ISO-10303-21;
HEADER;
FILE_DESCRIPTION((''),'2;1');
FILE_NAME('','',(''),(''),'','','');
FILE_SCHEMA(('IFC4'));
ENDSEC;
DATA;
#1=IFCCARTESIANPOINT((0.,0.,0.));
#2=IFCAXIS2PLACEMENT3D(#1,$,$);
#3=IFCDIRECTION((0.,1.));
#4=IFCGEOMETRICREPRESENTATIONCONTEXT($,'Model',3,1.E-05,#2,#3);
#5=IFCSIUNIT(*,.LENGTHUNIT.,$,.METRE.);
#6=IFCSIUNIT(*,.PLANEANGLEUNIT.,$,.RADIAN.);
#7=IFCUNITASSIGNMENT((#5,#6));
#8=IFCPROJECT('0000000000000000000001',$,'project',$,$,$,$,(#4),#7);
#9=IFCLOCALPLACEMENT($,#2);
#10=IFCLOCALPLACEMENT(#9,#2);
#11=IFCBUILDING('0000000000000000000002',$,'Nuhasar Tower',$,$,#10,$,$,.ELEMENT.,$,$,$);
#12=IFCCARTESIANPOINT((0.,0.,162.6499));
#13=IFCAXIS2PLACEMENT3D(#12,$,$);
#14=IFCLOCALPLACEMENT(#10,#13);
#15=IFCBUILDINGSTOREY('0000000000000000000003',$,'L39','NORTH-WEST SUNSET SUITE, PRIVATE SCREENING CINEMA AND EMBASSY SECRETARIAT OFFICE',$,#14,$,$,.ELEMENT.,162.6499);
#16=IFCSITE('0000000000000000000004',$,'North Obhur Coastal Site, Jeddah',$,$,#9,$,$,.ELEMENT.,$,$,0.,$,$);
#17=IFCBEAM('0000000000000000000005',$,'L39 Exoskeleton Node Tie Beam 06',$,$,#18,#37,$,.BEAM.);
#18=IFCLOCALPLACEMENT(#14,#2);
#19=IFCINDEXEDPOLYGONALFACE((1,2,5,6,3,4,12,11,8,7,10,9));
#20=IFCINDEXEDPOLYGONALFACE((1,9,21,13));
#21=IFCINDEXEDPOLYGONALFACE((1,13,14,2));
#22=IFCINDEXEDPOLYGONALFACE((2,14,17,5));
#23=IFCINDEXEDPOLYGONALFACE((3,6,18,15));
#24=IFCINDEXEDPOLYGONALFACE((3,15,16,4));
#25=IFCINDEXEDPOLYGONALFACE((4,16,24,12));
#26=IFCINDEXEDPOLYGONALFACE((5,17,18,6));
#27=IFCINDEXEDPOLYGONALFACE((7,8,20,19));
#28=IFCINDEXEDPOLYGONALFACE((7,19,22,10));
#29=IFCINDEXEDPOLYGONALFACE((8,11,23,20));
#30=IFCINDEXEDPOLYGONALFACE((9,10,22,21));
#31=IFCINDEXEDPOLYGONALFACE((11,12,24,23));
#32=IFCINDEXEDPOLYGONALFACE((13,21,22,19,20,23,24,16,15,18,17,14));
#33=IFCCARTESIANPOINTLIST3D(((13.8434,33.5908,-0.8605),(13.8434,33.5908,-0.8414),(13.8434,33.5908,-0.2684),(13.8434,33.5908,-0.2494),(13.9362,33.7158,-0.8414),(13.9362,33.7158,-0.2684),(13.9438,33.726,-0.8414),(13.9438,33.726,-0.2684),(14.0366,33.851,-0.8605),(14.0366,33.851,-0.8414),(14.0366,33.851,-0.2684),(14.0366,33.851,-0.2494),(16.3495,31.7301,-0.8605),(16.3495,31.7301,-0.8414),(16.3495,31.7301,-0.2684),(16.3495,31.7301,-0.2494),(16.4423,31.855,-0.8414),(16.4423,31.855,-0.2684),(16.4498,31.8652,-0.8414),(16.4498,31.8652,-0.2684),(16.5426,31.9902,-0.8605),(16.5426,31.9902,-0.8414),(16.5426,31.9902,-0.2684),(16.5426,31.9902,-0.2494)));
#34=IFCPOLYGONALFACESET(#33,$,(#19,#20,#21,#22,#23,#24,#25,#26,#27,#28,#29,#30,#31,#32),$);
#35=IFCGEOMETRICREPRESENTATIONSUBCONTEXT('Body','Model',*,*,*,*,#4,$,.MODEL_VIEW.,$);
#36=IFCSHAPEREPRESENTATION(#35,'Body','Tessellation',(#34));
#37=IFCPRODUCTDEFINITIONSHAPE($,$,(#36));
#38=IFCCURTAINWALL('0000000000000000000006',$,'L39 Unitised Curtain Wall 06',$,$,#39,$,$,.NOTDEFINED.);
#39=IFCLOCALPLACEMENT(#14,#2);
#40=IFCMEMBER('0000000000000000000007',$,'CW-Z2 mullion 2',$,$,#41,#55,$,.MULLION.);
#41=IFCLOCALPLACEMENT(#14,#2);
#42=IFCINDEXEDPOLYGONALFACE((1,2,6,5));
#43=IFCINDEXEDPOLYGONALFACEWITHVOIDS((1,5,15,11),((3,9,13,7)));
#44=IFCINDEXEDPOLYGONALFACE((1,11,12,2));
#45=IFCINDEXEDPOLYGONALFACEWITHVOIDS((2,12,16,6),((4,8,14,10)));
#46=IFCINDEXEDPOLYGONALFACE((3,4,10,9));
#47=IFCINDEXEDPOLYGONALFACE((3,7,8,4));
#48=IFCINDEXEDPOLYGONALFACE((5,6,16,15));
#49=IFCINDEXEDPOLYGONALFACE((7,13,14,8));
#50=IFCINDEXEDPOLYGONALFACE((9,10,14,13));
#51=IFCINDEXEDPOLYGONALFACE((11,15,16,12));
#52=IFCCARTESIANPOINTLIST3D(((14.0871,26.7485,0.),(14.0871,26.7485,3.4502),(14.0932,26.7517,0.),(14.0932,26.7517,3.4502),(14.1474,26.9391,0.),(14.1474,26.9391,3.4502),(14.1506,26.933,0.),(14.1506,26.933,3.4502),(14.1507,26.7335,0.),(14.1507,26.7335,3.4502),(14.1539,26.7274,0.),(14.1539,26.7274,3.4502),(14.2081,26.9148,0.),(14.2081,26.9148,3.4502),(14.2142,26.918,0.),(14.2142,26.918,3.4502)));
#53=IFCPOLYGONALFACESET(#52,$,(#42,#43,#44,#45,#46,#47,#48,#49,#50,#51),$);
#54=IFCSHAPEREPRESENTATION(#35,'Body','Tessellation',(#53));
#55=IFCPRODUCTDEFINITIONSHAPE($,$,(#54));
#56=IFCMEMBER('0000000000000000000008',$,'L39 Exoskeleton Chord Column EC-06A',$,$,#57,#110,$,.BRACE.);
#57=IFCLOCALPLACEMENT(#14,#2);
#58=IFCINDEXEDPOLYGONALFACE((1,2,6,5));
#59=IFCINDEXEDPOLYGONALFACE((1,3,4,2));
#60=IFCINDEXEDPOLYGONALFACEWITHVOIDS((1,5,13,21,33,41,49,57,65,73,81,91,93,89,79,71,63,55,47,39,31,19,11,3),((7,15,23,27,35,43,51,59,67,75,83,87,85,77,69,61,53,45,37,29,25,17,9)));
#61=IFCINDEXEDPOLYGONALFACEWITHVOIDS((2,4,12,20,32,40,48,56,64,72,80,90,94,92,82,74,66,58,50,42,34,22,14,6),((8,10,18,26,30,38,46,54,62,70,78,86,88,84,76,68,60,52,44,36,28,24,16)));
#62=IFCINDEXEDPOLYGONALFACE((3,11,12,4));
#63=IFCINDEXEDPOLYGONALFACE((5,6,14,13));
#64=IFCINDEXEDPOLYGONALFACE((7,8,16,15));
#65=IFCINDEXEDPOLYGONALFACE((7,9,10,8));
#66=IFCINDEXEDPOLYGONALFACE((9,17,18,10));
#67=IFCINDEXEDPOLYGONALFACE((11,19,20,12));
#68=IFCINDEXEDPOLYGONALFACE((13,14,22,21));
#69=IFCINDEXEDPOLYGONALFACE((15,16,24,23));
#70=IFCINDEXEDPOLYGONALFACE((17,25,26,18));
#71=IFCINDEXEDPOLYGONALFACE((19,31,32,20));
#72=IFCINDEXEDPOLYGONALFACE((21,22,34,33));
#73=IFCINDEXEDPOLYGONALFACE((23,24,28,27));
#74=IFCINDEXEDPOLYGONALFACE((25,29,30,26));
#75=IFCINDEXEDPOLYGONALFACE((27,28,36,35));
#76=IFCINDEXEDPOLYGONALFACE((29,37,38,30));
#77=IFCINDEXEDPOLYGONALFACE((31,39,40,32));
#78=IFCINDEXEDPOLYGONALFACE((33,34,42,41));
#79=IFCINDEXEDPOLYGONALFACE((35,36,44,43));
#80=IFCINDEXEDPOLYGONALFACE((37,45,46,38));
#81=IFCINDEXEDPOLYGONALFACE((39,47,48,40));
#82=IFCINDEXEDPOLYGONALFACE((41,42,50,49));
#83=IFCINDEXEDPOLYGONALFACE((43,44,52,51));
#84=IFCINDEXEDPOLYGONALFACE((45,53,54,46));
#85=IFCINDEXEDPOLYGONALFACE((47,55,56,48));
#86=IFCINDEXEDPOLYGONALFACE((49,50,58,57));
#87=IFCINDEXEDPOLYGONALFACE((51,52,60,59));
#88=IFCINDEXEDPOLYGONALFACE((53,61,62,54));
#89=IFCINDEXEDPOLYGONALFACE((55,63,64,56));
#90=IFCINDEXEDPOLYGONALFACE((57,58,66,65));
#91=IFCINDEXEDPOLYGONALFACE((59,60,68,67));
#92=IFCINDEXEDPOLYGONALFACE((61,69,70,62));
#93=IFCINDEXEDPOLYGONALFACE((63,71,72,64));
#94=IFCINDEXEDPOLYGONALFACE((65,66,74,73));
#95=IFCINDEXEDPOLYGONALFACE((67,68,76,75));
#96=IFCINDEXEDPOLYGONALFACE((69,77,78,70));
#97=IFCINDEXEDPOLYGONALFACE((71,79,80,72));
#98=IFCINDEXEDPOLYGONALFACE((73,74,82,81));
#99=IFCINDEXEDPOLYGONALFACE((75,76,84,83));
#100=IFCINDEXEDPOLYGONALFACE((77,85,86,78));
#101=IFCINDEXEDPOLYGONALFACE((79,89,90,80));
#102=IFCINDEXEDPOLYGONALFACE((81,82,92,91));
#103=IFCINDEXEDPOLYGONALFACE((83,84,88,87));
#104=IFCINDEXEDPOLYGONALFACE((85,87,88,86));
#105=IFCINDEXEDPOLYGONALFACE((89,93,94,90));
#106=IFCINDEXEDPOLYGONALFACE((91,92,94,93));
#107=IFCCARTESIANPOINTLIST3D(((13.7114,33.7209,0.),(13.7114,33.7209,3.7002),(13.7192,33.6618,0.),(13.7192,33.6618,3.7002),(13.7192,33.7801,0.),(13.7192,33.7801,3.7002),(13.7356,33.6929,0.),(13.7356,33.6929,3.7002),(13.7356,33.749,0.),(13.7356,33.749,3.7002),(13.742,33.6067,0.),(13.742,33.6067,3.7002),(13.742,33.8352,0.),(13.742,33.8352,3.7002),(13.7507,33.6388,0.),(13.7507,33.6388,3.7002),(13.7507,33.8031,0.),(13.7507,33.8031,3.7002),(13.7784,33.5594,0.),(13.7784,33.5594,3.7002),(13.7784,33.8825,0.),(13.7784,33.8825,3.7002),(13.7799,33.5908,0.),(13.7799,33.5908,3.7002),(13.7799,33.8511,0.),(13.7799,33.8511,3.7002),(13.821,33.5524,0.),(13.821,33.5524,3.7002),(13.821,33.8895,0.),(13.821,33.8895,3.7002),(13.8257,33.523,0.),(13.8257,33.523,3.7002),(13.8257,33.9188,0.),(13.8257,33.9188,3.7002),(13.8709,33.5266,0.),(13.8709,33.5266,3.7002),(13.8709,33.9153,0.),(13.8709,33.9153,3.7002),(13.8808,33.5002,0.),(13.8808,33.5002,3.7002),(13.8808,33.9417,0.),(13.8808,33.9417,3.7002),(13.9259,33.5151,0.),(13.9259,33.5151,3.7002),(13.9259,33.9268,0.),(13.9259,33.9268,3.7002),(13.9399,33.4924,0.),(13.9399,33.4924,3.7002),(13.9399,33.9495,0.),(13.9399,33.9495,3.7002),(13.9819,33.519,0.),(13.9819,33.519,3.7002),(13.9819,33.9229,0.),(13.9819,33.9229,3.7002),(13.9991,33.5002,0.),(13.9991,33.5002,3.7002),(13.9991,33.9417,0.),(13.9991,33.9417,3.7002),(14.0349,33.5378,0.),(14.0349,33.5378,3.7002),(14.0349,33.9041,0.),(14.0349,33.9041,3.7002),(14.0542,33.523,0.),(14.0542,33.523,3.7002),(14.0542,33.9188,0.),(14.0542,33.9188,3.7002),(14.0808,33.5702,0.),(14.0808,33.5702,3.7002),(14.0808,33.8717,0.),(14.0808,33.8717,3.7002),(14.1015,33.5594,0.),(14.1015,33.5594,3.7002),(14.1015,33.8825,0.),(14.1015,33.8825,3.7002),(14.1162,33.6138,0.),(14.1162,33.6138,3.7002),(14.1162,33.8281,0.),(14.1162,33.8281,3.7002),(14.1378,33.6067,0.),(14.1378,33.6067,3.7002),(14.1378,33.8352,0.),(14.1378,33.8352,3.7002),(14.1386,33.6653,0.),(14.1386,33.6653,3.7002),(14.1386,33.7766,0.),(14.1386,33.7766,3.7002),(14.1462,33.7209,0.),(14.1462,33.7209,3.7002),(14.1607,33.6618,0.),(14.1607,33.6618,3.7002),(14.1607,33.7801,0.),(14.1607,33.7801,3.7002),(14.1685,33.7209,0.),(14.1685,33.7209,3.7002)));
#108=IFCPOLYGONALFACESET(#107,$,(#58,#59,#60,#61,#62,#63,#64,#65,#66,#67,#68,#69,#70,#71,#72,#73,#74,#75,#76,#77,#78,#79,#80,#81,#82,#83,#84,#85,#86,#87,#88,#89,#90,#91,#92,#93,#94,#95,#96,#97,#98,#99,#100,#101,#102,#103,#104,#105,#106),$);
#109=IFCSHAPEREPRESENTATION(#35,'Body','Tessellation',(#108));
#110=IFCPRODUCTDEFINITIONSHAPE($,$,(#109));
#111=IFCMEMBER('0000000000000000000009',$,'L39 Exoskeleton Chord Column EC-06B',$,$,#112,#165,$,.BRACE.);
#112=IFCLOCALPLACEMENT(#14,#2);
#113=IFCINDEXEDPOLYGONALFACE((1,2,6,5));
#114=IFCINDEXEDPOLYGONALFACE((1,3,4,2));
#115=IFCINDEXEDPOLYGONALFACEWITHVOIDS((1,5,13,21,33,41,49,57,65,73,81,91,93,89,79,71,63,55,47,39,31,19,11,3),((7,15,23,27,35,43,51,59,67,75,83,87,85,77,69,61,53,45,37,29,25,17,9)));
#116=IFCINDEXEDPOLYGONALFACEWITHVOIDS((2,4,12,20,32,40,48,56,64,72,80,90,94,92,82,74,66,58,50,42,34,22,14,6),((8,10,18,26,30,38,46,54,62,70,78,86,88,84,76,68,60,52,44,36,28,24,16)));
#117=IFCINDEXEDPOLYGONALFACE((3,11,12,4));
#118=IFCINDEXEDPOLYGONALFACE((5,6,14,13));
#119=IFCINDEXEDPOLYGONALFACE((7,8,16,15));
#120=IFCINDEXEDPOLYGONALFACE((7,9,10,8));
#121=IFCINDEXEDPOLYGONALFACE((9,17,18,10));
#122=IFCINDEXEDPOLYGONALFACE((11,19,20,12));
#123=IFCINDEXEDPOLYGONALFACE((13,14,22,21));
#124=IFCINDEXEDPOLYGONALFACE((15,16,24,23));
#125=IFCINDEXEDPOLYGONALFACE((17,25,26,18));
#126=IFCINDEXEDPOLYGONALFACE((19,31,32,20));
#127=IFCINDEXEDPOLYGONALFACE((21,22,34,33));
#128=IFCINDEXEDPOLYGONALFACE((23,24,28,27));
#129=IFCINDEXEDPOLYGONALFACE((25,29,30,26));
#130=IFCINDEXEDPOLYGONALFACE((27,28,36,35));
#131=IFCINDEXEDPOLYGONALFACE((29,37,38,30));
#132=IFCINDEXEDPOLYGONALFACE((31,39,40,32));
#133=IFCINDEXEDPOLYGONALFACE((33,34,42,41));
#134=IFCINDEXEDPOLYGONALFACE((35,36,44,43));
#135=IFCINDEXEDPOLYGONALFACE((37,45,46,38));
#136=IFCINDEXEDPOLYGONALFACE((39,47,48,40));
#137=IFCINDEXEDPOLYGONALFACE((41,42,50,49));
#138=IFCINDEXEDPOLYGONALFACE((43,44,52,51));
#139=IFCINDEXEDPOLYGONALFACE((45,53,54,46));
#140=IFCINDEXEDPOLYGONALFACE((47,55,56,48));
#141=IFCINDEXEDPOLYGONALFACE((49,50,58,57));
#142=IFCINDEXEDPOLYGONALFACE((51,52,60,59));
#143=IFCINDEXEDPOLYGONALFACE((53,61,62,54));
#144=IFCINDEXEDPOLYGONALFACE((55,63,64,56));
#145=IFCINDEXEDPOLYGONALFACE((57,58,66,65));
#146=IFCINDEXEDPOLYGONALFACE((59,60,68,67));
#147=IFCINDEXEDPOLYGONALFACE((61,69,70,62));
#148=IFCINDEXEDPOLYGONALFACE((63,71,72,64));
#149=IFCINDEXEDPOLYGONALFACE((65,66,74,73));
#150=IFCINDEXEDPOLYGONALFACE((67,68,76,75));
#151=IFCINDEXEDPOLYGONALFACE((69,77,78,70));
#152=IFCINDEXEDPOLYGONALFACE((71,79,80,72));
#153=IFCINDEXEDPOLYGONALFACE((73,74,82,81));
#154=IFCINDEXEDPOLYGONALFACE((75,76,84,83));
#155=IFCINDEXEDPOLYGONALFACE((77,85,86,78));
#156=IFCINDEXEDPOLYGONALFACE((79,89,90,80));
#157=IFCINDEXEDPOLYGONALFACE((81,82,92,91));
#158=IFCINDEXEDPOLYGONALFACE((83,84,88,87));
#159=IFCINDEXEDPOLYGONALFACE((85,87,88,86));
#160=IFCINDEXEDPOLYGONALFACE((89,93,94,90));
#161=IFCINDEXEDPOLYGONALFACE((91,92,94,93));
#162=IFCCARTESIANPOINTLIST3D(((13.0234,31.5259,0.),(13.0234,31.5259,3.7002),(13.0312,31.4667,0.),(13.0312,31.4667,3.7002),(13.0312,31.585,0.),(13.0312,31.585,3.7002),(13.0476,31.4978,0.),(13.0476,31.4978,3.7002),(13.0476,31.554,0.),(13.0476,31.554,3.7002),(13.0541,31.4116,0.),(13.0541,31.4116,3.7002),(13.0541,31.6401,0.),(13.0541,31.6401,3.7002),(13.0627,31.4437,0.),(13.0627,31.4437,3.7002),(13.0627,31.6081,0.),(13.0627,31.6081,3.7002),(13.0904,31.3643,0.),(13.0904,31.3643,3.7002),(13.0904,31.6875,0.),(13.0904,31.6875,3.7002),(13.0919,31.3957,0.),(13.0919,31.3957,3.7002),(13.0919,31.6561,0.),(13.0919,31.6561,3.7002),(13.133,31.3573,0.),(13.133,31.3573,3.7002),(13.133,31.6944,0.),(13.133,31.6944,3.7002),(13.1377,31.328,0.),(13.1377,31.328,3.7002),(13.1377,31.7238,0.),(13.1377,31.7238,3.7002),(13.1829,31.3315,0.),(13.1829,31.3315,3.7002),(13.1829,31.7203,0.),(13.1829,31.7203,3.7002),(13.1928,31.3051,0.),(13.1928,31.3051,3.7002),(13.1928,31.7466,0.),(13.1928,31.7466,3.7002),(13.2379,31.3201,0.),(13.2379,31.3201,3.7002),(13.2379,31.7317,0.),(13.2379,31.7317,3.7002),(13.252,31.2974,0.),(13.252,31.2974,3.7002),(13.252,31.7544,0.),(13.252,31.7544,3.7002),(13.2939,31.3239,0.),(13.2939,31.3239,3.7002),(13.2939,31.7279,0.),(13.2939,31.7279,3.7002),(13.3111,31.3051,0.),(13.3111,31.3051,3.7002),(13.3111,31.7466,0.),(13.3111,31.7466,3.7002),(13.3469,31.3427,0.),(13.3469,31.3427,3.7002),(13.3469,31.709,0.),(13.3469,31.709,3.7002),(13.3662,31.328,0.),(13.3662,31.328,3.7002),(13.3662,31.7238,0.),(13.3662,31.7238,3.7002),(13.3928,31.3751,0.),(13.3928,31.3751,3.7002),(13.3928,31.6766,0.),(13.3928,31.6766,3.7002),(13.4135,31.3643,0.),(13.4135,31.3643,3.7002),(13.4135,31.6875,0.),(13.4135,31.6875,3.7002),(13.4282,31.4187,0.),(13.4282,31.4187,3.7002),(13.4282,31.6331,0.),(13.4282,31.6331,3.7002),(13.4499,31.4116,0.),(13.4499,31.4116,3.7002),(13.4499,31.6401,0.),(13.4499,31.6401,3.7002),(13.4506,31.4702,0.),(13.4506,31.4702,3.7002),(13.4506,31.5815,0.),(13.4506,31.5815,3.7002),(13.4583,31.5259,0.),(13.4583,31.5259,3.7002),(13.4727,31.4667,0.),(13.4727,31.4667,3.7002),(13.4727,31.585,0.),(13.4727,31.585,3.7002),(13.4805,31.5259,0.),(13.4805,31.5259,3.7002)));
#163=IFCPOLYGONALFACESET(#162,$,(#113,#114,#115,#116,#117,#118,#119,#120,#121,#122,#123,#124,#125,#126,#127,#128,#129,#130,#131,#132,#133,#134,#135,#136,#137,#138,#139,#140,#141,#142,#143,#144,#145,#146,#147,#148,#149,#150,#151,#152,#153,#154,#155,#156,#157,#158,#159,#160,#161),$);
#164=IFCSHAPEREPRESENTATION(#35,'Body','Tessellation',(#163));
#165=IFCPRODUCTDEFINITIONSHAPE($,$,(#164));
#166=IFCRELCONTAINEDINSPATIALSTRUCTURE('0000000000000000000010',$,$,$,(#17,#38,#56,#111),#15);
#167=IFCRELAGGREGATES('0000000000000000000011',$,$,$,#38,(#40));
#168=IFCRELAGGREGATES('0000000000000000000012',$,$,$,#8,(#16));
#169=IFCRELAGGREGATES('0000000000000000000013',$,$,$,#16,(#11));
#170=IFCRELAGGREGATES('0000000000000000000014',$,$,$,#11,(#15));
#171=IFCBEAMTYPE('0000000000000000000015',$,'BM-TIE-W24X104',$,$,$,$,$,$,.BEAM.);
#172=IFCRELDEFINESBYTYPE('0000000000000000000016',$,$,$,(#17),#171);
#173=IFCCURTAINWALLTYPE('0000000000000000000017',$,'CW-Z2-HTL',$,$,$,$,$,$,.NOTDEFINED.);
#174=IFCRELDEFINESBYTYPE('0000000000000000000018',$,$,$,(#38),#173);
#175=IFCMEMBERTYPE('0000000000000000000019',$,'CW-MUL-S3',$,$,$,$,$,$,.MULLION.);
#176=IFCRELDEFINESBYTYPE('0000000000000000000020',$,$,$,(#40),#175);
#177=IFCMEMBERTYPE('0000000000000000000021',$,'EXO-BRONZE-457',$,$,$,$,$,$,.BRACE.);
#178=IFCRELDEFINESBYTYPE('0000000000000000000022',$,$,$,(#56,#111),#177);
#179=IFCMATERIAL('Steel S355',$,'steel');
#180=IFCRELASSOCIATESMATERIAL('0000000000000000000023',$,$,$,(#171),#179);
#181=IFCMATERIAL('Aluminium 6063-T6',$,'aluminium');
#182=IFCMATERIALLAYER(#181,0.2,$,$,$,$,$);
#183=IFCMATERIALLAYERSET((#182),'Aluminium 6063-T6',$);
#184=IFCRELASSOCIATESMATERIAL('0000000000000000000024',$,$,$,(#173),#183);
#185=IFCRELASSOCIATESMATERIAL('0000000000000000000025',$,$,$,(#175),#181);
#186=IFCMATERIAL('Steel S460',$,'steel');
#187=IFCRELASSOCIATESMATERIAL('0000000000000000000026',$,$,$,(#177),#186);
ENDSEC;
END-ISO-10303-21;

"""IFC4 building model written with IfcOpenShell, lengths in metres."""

from ifc_helpers import new_model, si_unit, direction, frame, origin, origin_2d, place, context, subcontext, project, spatial, hollow_rectangle, hollow_circle, i_section, extrude, material, layer, layer_set, material_profile, profile_set, type_object, element, aggregate, save


model = new_model("IFC4")

# Units and contexts
model_context = context("Model", 3, precision=1e-05, world=origin(), true_north=direction((0.0, 1.0)))
body_context = subcontext(model_context, "Body", "Model", "MODEL_VIEW")
ifc_project = project(units=[si_unit("LENGTHUNIT", "METRE"), si_unit("PLANEANGLEUNIT", "RADIAN")], contexts=[model_context])

# Site, building, storey
site_placement = place(None, origin())
site = spatial("IfcSite", under=ifc_project, at=site_placement, Name="North Obhur Coastal Site, Jeddah", CompositionType="ELEMENT", RefElevation=0.0)
building_placement = place(site_placement, origin())
building = spatial("IfcBuilding", under=site, at=building_placement, Name="Nuhasar Tower", CompositionType="ELEMENT")
storey_placement = place(building_placement, frame((0.0, 0.0, 162.6499)))
storey = spatial("IfcBuildingStorey", under=building, at=storey_placement, Name="L39", Description="NORTH-WEST SUNSET SUITE, PRIVATE SCREENING CINEMA AND EMBASSY SECRETARIAT OFFICE", CompositionType="ELEMENT", Elevation=162.6499)

# Beam
ifc_material_1 = material(Name="Steel S355", Category="steel")
ifc_material_profile_1 = material_profile(ifc_material_1, i_section(OverallWidth=0.324, OverallDepth=0.6111, WebThickness=0.0127, FlangeThickness=0.019, at=origin_2d()), Name="W24X104")
ifc_profile_set_1 = profile_set([ifc_material_profile_1], Name="Steel S355")
beam_type_1 = type_object("IfcBeamType", Name="BM-TIE-W24X104", PredefinedType="BEAM", material=ifc_profile_set_1)
beam_1_placement = place(storey_placement, frame((16.446, 31.8601, -0.5549), z_axis=(-0.802872, 0.596151, 0.0), x_axis=(-0.596151, -0.802872, 0.0)))
element("IfcBeam", 1, at=beam_1_placement, inside=storey, type_object=beam_type_1, Name="L39 Exoskeleton Node Tie Beam 06", PredefinedType="BEAM", context=body_context, shape_type="SweptSolid", body=[
    extrude(i_section(OverallWidth=0.324, OverallDepth=0.6111, WebThickness=0.0127, FlangeThickness=0.019, at=origin_2d()), origin(), (0.0, 0.0, 1.0), 3.1213),
])

# Curtain wall, member
ifc_material_2 = material(Name="Aluminium 6063-T6", Category="aluminium")
ifc_layer_1 = layer(ifc_material_2, 0.2)
ifc_layer_set_1 = layer_set([ifc_layer_1], Name="Aluminium 6063-T6")
curtain_wall_type = type_object("IfcCurtainWallType", Name="CW-Z2-HTL", PredefinedType="NOTDEFINED", material=ifc_layer_set_1)
curtain_wall_placement = place(storey_placement, origin())
curtain_wall = element("IfcCurtainWall", 2, at=curtain_wall_placement, inside=storey, type_object=curtain_wall_type, Name="L39 Unitised Curtain Wall 06", PredefinedType="NOTDEFINED")
ifc_material_profile_2 = material_profile(ifc_material_2, hollow_rectangle(XDim=0.0701, YDim=0.2, WallThickness=0.0049, at=origin_2d()), Name="CWM-3")
ifc_profile_set_2 = profile_set([ifc_material_profile_2], Name="Aluminium 6063-T6")
member_type_1 = type_object("IfcMemberType", Name="CW-MUL-S3", PredefinedType="MULLION", material=ifc_profile_set_2)
member_placement = place(storey_placement, frame((14.1506, 26.8333, 0.0), z_axis=(0.0, 0.0, 1.0), x_axis=(0.953433, -0.301604, 0.0)))
member = element("IfcMember", 3, at=member_placement, type_object=member_type_1, Name="CW-Z2 mullion 2", PredefinedType="MULLION", context=body_context, shape_type="SweptSolid", body=[
    extrude(hollow_rectangle(XDim=0.0701, YDim=0.2, WallThickness=0.0049, at=origin_2d()), origin(), (0.0, 0.0, 1.0), 3.4502),
])

# Members
ifc_material_3 = material(Name="Steel S460", Category="steel")
ifc_material_profile_3 = material_profile(ifc_material_3, hollow_circle(Radius=0.2285, WallThickness=0.0222, at=origin_2d()), Name="HSS457X22.2")
ifc_profile_set_3 = profile_set([ifc_material_profile_3], Name="Steel S460")
member_type_2 = type_object("IfcMemberType", Name="EXO-BRONZE-457", PredefinedType="BRACE", material=ifc_profile_set_3)
for number, where, z_axis, x_axis, name in (
    (4, (13.9399, 33.7209, 0.0), (0.0, 0.0, 1.0), (1.0, 0.0, 0.0), "L39 Exoskeleton Chord Column EC-06A"),
    (5, (13.252, 31.5259, 0.0), (0.0, 0.0, 1.0), (1.0, 0.0, 0.0), "L39 Exoskeleton Chord Column EC-06B"),
):
    element("IfcMember", number, at=place(storey_placement, frame(where, z_axis=z_axis, x_axis=x_axis)), inside=storey, type_object=member_type_2, Name=name, PredefinedType="BRACE", context=body_context, shape_type="SweptSolid", body=[
        extrude(hollow_circle(Radius=0.2285, WallThickness=0.0222, at=origin_2d()), origin(), (0.0, 0.0, 1.0), 3.7002),
    ])

aggregate(curtain_wall, [member])

save(model, "model.ifc")
